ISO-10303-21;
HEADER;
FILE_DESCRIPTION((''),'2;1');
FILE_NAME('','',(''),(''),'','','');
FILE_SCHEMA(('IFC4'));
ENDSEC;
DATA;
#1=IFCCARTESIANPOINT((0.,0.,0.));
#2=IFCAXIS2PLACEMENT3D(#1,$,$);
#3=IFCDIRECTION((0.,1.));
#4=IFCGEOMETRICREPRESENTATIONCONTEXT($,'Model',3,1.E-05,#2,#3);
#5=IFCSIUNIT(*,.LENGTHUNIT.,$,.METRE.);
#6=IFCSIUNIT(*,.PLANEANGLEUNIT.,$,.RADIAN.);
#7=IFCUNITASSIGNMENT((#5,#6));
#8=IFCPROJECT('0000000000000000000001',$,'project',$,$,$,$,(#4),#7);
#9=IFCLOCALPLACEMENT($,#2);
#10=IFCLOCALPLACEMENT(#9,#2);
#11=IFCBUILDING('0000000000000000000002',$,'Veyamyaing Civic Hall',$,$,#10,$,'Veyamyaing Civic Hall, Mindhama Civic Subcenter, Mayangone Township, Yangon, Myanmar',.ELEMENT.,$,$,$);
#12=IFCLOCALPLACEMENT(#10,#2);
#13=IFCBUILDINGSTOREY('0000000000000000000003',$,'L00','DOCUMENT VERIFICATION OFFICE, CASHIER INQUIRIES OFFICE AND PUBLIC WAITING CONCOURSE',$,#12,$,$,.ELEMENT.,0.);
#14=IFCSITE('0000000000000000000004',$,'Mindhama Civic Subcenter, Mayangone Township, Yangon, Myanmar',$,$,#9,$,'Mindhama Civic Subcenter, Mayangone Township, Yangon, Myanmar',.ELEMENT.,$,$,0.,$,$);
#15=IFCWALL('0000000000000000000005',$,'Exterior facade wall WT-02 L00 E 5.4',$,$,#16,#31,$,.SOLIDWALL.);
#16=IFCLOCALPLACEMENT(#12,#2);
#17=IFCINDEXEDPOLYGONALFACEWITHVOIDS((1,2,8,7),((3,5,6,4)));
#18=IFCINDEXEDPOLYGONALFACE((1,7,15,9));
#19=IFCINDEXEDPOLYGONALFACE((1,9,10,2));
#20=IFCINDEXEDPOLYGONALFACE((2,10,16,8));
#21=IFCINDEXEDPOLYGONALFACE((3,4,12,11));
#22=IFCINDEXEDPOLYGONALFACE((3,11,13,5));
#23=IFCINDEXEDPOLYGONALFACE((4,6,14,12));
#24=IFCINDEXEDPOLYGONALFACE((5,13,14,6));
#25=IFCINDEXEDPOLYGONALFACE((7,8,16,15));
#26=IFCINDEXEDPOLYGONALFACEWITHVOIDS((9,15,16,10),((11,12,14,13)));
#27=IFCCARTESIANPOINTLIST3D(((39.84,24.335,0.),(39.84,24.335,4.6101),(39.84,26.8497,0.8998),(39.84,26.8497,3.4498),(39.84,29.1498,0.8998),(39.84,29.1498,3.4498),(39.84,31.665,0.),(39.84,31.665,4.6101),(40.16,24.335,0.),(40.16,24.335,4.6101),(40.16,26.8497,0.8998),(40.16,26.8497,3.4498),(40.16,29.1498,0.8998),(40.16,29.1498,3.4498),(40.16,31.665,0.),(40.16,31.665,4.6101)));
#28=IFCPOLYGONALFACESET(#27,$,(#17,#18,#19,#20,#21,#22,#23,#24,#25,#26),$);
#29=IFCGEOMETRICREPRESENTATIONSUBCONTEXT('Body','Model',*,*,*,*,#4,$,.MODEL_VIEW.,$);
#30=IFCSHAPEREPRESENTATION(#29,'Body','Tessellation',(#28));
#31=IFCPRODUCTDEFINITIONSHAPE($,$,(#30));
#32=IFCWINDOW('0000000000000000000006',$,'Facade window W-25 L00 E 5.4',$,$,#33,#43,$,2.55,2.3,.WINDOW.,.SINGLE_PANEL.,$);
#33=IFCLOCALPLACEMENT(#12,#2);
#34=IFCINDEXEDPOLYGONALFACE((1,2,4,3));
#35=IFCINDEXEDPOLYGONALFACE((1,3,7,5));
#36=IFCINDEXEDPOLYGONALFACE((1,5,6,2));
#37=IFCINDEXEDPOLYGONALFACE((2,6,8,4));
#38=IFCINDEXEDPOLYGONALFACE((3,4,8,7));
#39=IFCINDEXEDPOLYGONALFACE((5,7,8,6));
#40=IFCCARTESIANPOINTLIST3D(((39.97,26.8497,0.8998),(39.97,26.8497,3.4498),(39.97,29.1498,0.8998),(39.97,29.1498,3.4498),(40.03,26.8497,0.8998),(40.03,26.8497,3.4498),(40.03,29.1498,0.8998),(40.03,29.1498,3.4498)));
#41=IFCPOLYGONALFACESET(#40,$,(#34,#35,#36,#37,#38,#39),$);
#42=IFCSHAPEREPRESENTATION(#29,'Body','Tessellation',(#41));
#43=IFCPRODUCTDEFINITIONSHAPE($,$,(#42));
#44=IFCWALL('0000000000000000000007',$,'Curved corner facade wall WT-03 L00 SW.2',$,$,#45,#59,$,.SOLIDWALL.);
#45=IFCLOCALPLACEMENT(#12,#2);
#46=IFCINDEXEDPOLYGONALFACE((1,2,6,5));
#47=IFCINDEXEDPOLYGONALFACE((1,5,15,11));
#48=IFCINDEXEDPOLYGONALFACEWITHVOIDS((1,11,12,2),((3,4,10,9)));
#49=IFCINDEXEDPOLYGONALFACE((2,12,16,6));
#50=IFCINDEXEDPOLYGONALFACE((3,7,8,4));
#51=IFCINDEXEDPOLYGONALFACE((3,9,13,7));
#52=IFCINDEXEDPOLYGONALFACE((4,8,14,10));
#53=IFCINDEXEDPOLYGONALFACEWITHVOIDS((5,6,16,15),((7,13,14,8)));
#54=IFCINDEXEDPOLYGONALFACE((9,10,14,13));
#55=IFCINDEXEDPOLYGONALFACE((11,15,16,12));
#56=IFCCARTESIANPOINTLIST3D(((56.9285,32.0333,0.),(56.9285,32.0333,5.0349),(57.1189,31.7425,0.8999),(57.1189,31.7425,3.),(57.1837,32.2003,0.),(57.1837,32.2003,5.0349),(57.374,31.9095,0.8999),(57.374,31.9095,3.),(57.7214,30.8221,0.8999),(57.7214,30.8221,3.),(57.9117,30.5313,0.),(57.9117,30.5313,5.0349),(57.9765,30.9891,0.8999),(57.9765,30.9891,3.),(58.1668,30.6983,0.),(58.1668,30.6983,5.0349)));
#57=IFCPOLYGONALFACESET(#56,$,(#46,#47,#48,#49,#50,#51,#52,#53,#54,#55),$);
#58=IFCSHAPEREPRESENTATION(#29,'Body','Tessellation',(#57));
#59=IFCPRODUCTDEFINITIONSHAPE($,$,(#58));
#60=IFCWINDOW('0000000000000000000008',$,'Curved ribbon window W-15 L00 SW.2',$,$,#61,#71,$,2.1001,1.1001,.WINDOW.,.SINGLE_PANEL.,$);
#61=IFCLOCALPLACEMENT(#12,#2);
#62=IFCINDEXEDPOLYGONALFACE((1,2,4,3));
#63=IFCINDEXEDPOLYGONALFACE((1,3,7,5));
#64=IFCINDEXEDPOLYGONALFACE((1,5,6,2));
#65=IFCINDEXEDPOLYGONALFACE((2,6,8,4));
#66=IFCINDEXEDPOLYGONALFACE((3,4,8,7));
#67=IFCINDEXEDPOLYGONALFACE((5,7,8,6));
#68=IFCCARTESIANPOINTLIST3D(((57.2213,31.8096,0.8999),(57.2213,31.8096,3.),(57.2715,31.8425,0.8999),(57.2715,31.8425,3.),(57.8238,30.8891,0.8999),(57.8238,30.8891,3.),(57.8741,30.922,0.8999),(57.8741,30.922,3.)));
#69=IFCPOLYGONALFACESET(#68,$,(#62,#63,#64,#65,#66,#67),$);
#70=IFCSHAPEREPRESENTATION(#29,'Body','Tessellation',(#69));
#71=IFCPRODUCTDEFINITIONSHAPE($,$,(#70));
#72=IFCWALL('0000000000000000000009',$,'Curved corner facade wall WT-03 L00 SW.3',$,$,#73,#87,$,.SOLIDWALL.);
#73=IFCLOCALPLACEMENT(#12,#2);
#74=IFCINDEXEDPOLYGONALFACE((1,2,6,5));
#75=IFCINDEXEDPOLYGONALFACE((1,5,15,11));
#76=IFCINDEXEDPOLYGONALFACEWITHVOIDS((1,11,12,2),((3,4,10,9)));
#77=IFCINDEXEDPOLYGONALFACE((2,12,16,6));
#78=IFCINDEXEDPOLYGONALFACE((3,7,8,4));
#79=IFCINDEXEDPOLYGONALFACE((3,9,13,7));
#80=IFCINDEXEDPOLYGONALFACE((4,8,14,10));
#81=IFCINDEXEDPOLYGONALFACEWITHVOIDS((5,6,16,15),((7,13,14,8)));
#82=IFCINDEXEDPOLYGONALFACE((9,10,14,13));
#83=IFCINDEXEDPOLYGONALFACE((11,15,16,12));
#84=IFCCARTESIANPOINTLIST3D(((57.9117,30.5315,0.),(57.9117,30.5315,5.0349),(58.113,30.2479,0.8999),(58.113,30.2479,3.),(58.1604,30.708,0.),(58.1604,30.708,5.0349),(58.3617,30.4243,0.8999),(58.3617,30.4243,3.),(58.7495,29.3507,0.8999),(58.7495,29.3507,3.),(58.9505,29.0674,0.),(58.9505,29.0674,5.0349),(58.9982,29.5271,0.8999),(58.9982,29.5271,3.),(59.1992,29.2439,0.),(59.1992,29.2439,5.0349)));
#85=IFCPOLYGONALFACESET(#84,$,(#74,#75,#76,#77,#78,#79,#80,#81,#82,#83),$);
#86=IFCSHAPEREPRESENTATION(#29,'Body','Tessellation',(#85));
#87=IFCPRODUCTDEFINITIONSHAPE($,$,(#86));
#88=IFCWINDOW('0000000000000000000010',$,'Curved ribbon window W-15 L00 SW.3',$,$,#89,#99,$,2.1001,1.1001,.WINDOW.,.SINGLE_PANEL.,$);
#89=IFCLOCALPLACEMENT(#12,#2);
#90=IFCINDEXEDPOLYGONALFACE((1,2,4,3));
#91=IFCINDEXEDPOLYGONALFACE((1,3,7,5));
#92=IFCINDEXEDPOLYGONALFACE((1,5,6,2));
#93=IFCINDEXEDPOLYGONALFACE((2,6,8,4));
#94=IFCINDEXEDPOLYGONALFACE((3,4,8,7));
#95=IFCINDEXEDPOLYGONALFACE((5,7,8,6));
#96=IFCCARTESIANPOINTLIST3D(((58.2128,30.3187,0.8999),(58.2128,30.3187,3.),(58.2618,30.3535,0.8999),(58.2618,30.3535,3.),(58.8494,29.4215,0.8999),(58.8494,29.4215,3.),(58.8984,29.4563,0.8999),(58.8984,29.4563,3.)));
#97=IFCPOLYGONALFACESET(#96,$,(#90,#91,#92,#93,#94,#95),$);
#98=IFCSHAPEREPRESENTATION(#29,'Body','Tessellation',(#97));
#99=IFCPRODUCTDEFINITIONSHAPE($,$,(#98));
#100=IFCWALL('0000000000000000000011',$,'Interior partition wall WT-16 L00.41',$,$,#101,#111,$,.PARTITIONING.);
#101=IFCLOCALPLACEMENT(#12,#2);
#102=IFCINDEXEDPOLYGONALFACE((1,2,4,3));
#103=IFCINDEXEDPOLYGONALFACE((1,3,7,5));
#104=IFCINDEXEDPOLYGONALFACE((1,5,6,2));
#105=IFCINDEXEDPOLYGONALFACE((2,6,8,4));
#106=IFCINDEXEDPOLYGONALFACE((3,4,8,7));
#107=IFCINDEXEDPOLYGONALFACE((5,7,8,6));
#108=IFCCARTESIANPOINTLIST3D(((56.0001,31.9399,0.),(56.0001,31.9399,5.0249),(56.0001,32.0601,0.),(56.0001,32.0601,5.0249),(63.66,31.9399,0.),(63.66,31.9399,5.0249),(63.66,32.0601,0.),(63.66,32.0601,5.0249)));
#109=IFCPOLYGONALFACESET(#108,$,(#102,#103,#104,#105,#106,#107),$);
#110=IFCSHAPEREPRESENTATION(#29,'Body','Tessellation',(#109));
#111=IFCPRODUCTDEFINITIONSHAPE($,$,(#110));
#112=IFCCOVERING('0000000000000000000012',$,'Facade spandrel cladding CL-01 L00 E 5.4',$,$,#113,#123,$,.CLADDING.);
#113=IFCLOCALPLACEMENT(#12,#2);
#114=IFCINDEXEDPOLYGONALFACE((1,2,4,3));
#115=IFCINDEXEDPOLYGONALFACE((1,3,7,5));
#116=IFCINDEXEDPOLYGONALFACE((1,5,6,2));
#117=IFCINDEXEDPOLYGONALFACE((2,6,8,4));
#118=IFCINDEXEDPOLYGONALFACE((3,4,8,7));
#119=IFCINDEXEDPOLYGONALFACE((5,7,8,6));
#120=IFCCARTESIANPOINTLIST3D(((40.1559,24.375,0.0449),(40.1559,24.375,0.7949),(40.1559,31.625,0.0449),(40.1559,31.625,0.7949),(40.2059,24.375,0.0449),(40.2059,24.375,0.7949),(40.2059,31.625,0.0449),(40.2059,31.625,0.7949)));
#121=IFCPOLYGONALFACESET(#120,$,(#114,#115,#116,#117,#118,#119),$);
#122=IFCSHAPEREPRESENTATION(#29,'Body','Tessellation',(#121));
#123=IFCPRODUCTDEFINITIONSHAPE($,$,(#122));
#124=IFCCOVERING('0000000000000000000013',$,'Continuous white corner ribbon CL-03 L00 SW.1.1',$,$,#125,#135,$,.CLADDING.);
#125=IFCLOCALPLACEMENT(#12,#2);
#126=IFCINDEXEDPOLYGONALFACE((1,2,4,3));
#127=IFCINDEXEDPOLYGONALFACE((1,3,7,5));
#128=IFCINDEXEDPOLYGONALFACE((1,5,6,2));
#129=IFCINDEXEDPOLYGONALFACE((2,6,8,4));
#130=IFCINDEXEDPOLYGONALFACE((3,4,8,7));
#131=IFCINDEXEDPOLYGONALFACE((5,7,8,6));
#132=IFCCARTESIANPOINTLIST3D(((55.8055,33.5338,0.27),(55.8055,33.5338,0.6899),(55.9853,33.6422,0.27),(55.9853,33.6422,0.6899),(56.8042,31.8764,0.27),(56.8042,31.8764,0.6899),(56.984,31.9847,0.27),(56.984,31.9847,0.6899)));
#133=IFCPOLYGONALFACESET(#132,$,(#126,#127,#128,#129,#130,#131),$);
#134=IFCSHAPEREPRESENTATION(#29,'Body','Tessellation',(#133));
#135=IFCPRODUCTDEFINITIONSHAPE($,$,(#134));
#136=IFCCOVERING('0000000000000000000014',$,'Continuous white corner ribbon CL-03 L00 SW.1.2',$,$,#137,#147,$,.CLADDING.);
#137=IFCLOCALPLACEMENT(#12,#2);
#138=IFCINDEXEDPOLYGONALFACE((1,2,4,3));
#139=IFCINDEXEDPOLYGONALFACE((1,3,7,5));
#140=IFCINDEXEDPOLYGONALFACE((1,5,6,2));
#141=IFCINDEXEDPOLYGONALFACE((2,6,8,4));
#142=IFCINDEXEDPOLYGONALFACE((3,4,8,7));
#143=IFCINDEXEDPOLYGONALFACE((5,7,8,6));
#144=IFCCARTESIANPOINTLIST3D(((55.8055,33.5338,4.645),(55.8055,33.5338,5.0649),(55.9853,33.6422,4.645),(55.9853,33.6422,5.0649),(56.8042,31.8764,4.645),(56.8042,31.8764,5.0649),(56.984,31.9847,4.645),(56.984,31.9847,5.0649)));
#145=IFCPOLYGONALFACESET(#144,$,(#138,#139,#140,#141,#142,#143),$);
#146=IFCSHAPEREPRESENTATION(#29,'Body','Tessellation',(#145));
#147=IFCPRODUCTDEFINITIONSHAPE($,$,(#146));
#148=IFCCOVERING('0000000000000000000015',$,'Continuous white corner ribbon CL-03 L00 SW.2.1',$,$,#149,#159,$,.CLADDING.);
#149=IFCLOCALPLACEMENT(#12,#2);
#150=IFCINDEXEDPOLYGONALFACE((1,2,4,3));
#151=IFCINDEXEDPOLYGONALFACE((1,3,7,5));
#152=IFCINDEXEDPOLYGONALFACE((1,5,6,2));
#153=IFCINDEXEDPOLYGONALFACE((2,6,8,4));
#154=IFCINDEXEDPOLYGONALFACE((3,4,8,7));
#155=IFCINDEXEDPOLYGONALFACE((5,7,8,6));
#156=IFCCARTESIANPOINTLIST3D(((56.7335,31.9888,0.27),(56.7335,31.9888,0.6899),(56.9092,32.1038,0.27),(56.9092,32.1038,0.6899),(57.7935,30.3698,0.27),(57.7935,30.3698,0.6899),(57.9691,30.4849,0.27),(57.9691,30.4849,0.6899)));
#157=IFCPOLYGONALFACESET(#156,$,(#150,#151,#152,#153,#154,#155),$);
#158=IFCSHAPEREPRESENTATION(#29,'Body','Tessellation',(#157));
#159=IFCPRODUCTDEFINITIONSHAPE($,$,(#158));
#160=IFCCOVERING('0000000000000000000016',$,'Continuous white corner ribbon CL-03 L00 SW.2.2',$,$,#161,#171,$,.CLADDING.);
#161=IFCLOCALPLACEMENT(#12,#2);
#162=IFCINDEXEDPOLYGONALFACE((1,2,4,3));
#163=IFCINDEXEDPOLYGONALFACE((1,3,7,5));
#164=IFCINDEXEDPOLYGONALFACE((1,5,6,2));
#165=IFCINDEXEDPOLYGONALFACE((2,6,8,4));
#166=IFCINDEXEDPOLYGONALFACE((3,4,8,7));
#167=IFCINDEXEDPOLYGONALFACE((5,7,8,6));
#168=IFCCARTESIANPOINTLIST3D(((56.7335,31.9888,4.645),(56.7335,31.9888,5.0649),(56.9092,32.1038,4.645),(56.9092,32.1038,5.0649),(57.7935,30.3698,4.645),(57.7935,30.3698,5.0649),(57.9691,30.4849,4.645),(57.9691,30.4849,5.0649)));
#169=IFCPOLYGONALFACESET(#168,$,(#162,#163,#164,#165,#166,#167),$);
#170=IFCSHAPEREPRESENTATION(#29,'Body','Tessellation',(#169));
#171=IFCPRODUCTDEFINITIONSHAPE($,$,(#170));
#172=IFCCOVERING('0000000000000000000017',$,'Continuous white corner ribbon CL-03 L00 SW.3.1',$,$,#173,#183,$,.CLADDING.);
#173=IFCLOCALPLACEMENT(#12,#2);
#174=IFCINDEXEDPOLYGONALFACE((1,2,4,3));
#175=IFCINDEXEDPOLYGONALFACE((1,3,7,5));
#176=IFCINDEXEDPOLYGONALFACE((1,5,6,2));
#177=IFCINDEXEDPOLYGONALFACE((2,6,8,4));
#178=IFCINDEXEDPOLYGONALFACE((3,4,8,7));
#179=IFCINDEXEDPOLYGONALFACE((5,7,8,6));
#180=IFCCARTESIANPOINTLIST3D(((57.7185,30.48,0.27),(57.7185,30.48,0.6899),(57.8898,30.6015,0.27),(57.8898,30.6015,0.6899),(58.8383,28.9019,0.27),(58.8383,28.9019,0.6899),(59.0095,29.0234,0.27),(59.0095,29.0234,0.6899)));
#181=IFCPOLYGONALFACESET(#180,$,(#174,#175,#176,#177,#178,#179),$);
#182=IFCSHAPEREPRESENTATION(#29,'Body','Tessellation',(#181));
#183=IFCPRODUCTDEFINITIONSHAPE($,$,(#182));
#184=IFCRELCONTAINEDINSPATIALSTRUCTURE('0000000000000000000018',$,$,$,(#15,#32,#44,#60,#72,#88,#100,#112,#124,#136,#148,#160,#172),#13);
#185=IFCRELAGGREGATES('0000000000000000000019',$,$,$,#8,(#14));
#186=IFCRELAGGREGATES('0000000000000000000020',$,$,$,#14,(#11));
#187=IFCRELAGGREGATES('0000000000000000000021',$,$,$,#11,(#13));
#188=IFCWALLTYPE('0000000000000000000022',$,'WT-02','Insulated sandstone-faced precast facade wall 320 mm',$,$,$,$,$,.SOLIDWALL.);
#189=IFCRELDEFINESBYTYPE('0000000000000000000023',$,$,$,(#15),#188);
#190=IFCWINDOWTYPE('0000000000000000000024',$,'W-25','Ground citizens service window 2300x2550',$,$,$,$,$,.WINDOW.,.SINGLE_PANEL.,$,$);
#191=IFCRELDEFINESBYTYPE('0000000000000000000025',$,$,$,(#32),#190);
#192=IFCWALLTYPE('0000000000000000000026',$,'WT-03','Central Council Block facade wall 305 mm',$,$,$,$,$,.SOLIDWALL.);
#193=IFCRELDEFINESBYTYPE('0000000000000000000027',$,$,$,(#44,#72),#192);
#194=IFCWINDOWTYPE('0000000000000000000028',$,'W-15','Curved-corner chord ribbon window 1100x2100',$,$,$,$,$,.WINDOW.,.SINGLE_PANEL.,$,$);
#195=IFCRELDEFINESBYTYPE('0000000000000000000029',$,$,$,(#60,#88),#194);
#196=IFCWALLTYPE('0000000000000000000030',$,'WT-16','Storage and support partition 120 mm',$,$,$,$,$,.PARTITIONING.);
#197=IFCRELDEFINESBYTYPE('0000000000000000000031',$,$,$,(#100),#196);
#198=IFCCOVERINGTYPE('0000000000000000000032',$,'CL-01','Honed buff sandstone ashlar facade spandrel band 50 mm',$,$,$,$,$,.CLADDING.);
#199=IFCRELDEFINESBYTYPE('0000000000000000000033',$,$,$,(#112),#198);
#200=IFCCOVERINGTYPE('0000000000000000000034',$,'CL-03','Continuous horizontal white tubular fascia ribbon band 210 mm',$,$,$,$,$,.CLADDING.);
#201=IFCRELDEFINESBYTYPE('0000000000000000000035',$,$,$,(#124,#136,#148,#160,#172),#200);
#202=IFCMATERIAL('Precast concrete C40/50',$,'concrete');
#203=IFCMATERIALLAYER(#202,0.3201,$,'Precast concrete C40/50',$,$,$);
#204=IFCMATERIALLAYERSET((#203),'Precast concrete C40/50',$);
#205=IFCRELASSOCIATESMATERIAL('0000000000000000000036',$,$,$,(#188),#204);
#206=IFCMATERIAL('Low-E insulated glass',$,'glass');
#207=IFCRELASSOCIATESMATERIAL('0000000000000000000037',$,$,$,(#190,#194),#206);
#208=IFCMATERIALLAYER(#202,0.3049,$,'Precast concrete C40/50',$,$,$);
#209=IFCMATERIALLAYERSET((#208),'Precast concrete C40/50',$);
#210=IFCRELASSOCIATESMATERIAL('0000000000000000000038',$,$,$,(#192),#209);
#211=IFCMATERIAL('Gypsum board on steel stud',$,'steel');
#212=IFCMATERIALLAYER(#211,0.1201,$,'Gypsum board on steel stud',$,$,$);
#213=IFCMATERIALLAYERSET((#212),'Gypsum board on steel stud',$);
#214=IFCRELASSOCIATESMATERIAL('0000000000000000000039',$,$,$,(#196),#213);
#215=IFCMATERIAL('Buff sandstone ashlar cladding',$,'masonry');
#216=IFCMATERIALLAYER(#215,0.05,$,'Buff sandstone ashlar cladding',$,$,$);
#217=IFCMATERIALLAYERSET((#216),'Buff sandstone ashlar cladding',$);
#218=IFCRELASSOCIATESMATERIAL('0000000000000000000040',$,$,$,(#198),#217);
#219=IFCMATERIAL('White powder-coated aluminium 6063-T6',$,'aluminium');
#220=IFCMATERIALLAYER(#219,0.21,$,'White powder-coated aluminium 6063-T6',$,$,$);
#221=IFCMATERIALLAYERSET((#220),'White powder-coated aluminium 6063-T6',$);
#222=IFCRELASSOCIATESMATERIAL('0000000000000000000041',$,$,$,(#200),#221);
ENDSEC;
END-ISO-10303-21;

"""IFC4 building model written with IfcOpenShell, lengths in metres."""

from ifc_helpers import new_model, si_unit, direction, frame, frame_2d, origin, origin_2d, place, context, subcontext, project, spatial, rectangle, extrude, material, layer, layer_set, type_object, element, fill, save


model = new_model("IFC4")

# Units and contexts
model_context = context("Model", 3, precision=1e-05, world=origin(), true_north=direction((0.0, 1.0)))
body_context = subcontext(model_context, "Body", "Model", "MODEL_VIEW")
ifc_project = project(units=[si_unit("LENGTHUNIT", "METRE"), si_unit("PLANEANGLEUNIT", "RADIAN")], contexts=[model_context])

# Site, building, storey
site_placement = place(None, origin())
site = spatial("IfcSite", under=ifc_project, at=site_placement, Name="Mindhama Civic Subcenter, Mayangone Township, Yangon, Myanmar", LongName="Mindhama Civic Subcenter, Mayangone Township, Yangon, Myanmar", CompositionType="ELEMENT", RefElevation=0.0)
building_placement = place(site_placement, origin())
building = spatial("IfcBuilding", under=site, at=building_placement, Name="Veyamyaing Civic Hall", LongName="Veyamyaing Civic Hall, Mindhama Civic Subcenter, Mayangone Township, Yangon, Myanmar", CompositionType="ELEMENT")
storey_placement = place(building_placement, origin())
storey = spatial("IfcBuildingStorey", under=building, at=storey_placement, Name="L00", Description="DOCUMENT VERIFICATION OFFICE, CASHIER INQUIRIES OFFICE AND PUBLIC WAITING CONCOURSE", CompositionType="ELEMENT", Elevation=0.0)

# Walls, openings, windows
ifc_material_1 = material(Name="Precast concrete C40/50", Category="concrete")
ifc_layer_1 = layer(ifc_material_1, 0.3201, Name="Precast concrete C40/50")
ifc_layer_set_1 = layer_set([ifc_layer_1], Name="Precast concrete C40/50")
wall_type_1 = type_object("IfcWallType", Name="WT-02", Description="Insulated sandstone-faced precast facade wall 320 mm", PredefinedType="SOLIDWALL", material=ifc_layer_set_1)
wall_1_placement = place(storey_placement, frame((40.0, 24.335, 0.0), z_axis=(0.0, 0.0, 1.0), x_axis=(0.0, 1.0, 0.0)))
wall_1 = element("IfcWall", 1, at=wall_1_placement, inside=storey, type_object=wall_type_1, Name="Exterior facade wall WT-02 L00 E 5.4", PredefinedType="SOLIDWALL", context=body_context, shape_type="SweptSolid", body=[
    extrude(rectangle(XDim=7.3301, YDim=0.3201, at=frame_2d((3.665, 0.0))), origin(), (0.0, 0.0, 1.0), 4.6101),
])
opening_1_placement = place(wall_1_placement, frame((2.5149, 0.0, 0.8999)))
opening_1 = element("IfcOpeningElement", 2, at=opening_1_placement, cuts=wall_1, PredefinedType="OPENING", context=body_context, shape_type="SweptSolid", body=[
    extrude(rectangle(XDim=2.3, YDim=2.55, at=frame_2d((1.1499, 1.2749))), frame((0.0, 0.1699, 0.0), z_axis=(0.0, -1.0, 0.0), x_axis=(1.0, 0.0, 0.0)), (0.0, 0.0, 1.0), 0.3401),
])
ifc_material_2 = material(Name="Low-E insulated glass", Category="glass")
window_type_1 = type_object("IfcWindowType", Name="W-25", Description="Ground citizens service window 2300x2550", PartitioningType="SINGLE_PANEL", PredefinedType="WINDOW", material=ifc_material_2)
window_1_placement = place(opening_1_placement, origin())
window_1 = element("IfcWindow", 3, at=window_1_placement, inside=storey, type_object=window_type_1, Name="Facade window W-25 L00 E 5.4", OverallHeight=2.55, OverallWidth=2.3, PartitioningType="SINGLE_PANEL", PredefinedType="WINDOW", context=body_context, shape_type="SweptSolid", body=[
    extrude(rectangle(XDim=2.3, YDim=2.55, at=frame_2d((1.1499, 1.2749))), frame((0.0, 0.03, 0.0), z_axis=(0.0, -1.0, 0.0), x_axis=(1.0, 0.0, 0.0)), (0.0, 0.0, 1.0), 0.0601),
])
fill(opening_1, window_1)
ifc_layer_2 = layer(ifc_material_1, 0.3049, Name="Precast concrete C40/50")
ifc_layer_set_2 = layer_set([ifc_layer_2], Name="Precast concrete C40/50")
wall_type_2 = type_object("IfcWallType", Name="WT-03", Description="Central Council Block facade wall 305 mm", PredefinedType="SOLIDWALL", material=ifc_layer_set_2)
wall_2_placement = place(storey_placement, frame((57.0562, 32.1167, 0.0), z_axis=(0.0, 0.0, 1.0), x_axis=(0.547682, -0.836687, 0.0)))
wall_2 = element("IfcWall", 4, at=wall_2_placement, inside=storey, type_object=wall_type_2, Name="Curved corner facade wall WT-03 L00 SW.2", PredefinedType="SOLIDWALL", context=body_context, shape_type="SweptSolid", body=[
    extrude(rectangle(XDim=1.7952, YDim=0.3049, at=frame_2d((0.8975, 0.0))), origin(), (0.0, 0.0, 1.0), 5.0349),
])
opening_2_placement = place(wall_2_placement, frame((0.3474, 0.0, 0.8999)))
opening_2 = element("IfcOpeningElement", 5, at=opening_2_placement, cuts=wall_2, PredefinedType="OPENING", context=body_context, shape_type="SweptSolid", body=[
    extrude(rectangle(XDim=1.1001, YDim=2.1001, at=frame_2d((0.55, 1.05))), frame((0.0, 0.1624, 0.0), z_axis=(0.0, -1.0, 0.0), x_axis=(1.0, 0.0, 0.0)), (0.0, 0.0, 1.0), 0.325),
])
window_type_2 = type_object("IfcWindowType", Name="W-15", Description="Curved-corner chord ribbon window 1100x2100", PartitioningType="SINGLE_PANEL", PredefinedType="WINDOW", material=ifc_material_2)
window_2_placement = place(opening_2_placement, origin())
window_2 = element("IfcWindow", 6, at=window_2_placement, inside=storey, type_object=window_type_2, Name="Curved ribbon window W-15 L00 SW.2", OverallHeight=2.1001, OverallWidth=1.1001, PartitioningType="SINGLE_PANEL", PredefinedType="WINDOW", context=body_context, shape_type="SweptSolid", body=[
    extrude(rectangle(XDim=1.1001, YDim=2.1001, at=frame_2d((0.55, 1.05))), frame((0.0, 0.03, 0.0), z_axis=(0.0, -1.0, 0.0), x_axis=(1.0, 0.0, 0.0)), (0.0, 0.0, 1.0), 0.0601),
])
fill(opening_2, window_2)
wall_3_placement = place(storey_placement, frame((58.0361, 30.6196, 0.0), z_axis=(0.0, 0.0, 1.0), x_axis=(0.578662, -0.815567, 0.0)))
wall_3 = element("IfcWall", 7, at=wall_3_placement, inside=storey, type_object=wall_type_2, Name="Curved corner facade wall WT-03 L00 SW.3", PredefinedType="SOLIDWALL", context=body_context, shape_type="SweptSolid", body=[
    extrude(rectangle(XDim=1.7952, YDim=0.3049, at=frame_2d((0.8975, 0.0))), origin(), (0.0, 0.0, 1.0), 5.0349),
])
opening_3_placement = place(wall_3_placement, frame((0.3477, 0.0, 0.8999)))
opening_3 = element("IfcOpeningElement", 8, at=opening_3_placement, cuts=wall_3, PredefinedType="OPENING", context=body_context, shape_type="SweptSolid", body=[
    extrude(rectangle(XDim=1.1001, YDim=2.1001, at=frame_2d((0.55, 1.05))), frame((0.0, 0.1624, 0.0), z_axis=(0.0, -1.0, 0.0), x_axis=(1.0, 0.0, 0.0)), (0.0, 0.0, 1.0), 0.325),
])
window_3_placement = place(opening_3_placement, origin())
window_3 = element("IfcWindow", 9, at=window_3_placement, inside=storey, type_object=window_type_2, Name="Curved ribbon window W-15 L00 SW.3", OverallHeight=2.1001, OverallWidth=1.1001, PartitioningType="SINGLE_PANEL", PredefinedType="WINDOW", context=body_context, shape_type="SweptSolid", body=[
    extrude(rectangle(XDim=1.1001, YDim=2.1001, at=frame_2d((0.55, 1.05))), frame((0.0, 0.03, 0.0), z_axis=(0.0, -1.0, 0.0), x_axis=(1.0, 0.0, 0.0)), (0.0, 0.0, 1.0), 0.0601),
])
fill(opening_3, window_3)

# Wall
ifc_material_3 = material(Name="Gypsum board on steel stud", Category="steel")
ifc_layer_3 = layer(ifc_material_3, 0.1201, Name="Gypsum board on steel stud")
ifc_layer_set_3 = layer_set([ifc_layer_3], Name="Gypsum board on steel stud")
wall_type_3 = type_object("IfcWallType", Name="WT-16", Description="Storage and support partition 120 mm", PredefinedType="PARTITIONING", material=ifc_layer_set_3)
wall_4_placement = place(storey_placement, frame((56.0, 32.0, 0.0), z_axis=(0.0, 0.0, 1.0), x_axis=(1.0, 0.0, 0.0)))
element("IfcWall", 10, at=wall_4_placement, inside=storey, type_object=wall_type_3, Name="Interior partition wall WT-16 L00.41", PredefinedType="PARTITIONING", context=body_context, shape_type="SweptSolid", body=[
    extrude(rectangle(XDim=7.6599, YDim=0.1201, at=frame_2d((3.8301, 0.0))), origin(), (0.0, 0.0, 1.0), 5.0249),
])

# Coverings
ifc_material_4 = material(Name="Buff sandstone ashlar cladding", Category="masonry")
ifc_layer_4 = layer(ifc_material_4, 0.05, Name="Buff sandstone ashlar cladding")
ifc_layer_set_4 = layer_set([ifc_layer_4], Name="Buff sandstone ashlar cladding")
covering_type_1 = type_object("IfcCoveringType", Name="CL-01", Description="Honed buff sandstone ashlar facade spandrel band 50 mm", PredefinedType="CLADDING", material=ifc_layer_set_4)
covering_placement = place(storey_placement, frame((40.1809, 28.0, 0.0449), z_axis=(0.0, 0.0, 1.0), x_axis=(0.0, 1.0, 0.0)))
element("IfcCovering", 11, at=covering_placement, inside=storey, type_object=covering_type_1, Name="Facade spandrel cladding CL-01 L00 E 5.4", PredefinedType="CLADDING", context=body_context, shape_type="SweptSolid", body=[
    extrude(rectangle(XDim=7.25, YDim=0.05, at=origin_2d()), origin(), (0.0, 0.0, 1.0), 0.75),
])
ifc_material_5 = material(Name="White powder-coated aluminium 6063-T6", Category="aluminium")
ifc_layer_5 = layer(ifc_material_5, 0.21, Name="White powder-coated aluminium 6063-T6")
ifc_layer_set_5 = layer_set([ifc_layer_5], Name="White powder-coated aluminium 6063-T6")
covering_type_2 = type_object("IfcCoveringType", Name="CL-03", Description="Continuous horizontal white tubular fascia ribbon band 210 mm", PredefinedType="CLADDING", material=ifc_layer_set_5)
for number, where, z_axis, x_axis, name in (
    (12, (56.3948, 32.7593, 0.27), (0.0, 0.0, 1.0), (0.516107, -0.856524, 0.0), "Continuous white corner ribbon CL-03 L00 SW.1.1"),
    (13, (56.3948, 32.7593, 4.645), (0.0, 0.0, 1.0), (0.516107, -0.856524, 0.0), "Continuous white corner ribbon CL-03 L00 SW.1.2"),
    (14, (57.3513, 31.2368, 0.27), (0.0, 0.0, 1.0), (0.547772, -0.836628, 0.0), "Continuous white corner ribbon CL-03 L00 SW.2.1"),
    (15, (57.3513, 31.2368, 4.645), (0.0, 0.0, 1.0), (0.547772, -0.836628, 0.0), "Continuous white corner ribbon CL-03 L00 SW.2.2"),
    (16, (58.364, 29.7517, 0.27), (0.0, 0.0, 1.0), (0.578671, -0.815561, 0.0), "Continuous white corner ribbon CL-03 L00 SW.3.1"),
):
    element("IfcCovering", number, at=place(storey_placement, frame(where, z_axis=z_axis, x_axis=x_axis)), inside=storey, type_object=covering_type_2, Name=name, PredefinedType="CLADDING", context=body_context, shape_type="SweptSolid", body=[
        extrude(rectangle(XDim=1.9351, YDim=0.21, at=origin_2d()), origin(), (0.0, 0.0, 1.0), 0.4199),
    ])

save(model, "model.ifc")
